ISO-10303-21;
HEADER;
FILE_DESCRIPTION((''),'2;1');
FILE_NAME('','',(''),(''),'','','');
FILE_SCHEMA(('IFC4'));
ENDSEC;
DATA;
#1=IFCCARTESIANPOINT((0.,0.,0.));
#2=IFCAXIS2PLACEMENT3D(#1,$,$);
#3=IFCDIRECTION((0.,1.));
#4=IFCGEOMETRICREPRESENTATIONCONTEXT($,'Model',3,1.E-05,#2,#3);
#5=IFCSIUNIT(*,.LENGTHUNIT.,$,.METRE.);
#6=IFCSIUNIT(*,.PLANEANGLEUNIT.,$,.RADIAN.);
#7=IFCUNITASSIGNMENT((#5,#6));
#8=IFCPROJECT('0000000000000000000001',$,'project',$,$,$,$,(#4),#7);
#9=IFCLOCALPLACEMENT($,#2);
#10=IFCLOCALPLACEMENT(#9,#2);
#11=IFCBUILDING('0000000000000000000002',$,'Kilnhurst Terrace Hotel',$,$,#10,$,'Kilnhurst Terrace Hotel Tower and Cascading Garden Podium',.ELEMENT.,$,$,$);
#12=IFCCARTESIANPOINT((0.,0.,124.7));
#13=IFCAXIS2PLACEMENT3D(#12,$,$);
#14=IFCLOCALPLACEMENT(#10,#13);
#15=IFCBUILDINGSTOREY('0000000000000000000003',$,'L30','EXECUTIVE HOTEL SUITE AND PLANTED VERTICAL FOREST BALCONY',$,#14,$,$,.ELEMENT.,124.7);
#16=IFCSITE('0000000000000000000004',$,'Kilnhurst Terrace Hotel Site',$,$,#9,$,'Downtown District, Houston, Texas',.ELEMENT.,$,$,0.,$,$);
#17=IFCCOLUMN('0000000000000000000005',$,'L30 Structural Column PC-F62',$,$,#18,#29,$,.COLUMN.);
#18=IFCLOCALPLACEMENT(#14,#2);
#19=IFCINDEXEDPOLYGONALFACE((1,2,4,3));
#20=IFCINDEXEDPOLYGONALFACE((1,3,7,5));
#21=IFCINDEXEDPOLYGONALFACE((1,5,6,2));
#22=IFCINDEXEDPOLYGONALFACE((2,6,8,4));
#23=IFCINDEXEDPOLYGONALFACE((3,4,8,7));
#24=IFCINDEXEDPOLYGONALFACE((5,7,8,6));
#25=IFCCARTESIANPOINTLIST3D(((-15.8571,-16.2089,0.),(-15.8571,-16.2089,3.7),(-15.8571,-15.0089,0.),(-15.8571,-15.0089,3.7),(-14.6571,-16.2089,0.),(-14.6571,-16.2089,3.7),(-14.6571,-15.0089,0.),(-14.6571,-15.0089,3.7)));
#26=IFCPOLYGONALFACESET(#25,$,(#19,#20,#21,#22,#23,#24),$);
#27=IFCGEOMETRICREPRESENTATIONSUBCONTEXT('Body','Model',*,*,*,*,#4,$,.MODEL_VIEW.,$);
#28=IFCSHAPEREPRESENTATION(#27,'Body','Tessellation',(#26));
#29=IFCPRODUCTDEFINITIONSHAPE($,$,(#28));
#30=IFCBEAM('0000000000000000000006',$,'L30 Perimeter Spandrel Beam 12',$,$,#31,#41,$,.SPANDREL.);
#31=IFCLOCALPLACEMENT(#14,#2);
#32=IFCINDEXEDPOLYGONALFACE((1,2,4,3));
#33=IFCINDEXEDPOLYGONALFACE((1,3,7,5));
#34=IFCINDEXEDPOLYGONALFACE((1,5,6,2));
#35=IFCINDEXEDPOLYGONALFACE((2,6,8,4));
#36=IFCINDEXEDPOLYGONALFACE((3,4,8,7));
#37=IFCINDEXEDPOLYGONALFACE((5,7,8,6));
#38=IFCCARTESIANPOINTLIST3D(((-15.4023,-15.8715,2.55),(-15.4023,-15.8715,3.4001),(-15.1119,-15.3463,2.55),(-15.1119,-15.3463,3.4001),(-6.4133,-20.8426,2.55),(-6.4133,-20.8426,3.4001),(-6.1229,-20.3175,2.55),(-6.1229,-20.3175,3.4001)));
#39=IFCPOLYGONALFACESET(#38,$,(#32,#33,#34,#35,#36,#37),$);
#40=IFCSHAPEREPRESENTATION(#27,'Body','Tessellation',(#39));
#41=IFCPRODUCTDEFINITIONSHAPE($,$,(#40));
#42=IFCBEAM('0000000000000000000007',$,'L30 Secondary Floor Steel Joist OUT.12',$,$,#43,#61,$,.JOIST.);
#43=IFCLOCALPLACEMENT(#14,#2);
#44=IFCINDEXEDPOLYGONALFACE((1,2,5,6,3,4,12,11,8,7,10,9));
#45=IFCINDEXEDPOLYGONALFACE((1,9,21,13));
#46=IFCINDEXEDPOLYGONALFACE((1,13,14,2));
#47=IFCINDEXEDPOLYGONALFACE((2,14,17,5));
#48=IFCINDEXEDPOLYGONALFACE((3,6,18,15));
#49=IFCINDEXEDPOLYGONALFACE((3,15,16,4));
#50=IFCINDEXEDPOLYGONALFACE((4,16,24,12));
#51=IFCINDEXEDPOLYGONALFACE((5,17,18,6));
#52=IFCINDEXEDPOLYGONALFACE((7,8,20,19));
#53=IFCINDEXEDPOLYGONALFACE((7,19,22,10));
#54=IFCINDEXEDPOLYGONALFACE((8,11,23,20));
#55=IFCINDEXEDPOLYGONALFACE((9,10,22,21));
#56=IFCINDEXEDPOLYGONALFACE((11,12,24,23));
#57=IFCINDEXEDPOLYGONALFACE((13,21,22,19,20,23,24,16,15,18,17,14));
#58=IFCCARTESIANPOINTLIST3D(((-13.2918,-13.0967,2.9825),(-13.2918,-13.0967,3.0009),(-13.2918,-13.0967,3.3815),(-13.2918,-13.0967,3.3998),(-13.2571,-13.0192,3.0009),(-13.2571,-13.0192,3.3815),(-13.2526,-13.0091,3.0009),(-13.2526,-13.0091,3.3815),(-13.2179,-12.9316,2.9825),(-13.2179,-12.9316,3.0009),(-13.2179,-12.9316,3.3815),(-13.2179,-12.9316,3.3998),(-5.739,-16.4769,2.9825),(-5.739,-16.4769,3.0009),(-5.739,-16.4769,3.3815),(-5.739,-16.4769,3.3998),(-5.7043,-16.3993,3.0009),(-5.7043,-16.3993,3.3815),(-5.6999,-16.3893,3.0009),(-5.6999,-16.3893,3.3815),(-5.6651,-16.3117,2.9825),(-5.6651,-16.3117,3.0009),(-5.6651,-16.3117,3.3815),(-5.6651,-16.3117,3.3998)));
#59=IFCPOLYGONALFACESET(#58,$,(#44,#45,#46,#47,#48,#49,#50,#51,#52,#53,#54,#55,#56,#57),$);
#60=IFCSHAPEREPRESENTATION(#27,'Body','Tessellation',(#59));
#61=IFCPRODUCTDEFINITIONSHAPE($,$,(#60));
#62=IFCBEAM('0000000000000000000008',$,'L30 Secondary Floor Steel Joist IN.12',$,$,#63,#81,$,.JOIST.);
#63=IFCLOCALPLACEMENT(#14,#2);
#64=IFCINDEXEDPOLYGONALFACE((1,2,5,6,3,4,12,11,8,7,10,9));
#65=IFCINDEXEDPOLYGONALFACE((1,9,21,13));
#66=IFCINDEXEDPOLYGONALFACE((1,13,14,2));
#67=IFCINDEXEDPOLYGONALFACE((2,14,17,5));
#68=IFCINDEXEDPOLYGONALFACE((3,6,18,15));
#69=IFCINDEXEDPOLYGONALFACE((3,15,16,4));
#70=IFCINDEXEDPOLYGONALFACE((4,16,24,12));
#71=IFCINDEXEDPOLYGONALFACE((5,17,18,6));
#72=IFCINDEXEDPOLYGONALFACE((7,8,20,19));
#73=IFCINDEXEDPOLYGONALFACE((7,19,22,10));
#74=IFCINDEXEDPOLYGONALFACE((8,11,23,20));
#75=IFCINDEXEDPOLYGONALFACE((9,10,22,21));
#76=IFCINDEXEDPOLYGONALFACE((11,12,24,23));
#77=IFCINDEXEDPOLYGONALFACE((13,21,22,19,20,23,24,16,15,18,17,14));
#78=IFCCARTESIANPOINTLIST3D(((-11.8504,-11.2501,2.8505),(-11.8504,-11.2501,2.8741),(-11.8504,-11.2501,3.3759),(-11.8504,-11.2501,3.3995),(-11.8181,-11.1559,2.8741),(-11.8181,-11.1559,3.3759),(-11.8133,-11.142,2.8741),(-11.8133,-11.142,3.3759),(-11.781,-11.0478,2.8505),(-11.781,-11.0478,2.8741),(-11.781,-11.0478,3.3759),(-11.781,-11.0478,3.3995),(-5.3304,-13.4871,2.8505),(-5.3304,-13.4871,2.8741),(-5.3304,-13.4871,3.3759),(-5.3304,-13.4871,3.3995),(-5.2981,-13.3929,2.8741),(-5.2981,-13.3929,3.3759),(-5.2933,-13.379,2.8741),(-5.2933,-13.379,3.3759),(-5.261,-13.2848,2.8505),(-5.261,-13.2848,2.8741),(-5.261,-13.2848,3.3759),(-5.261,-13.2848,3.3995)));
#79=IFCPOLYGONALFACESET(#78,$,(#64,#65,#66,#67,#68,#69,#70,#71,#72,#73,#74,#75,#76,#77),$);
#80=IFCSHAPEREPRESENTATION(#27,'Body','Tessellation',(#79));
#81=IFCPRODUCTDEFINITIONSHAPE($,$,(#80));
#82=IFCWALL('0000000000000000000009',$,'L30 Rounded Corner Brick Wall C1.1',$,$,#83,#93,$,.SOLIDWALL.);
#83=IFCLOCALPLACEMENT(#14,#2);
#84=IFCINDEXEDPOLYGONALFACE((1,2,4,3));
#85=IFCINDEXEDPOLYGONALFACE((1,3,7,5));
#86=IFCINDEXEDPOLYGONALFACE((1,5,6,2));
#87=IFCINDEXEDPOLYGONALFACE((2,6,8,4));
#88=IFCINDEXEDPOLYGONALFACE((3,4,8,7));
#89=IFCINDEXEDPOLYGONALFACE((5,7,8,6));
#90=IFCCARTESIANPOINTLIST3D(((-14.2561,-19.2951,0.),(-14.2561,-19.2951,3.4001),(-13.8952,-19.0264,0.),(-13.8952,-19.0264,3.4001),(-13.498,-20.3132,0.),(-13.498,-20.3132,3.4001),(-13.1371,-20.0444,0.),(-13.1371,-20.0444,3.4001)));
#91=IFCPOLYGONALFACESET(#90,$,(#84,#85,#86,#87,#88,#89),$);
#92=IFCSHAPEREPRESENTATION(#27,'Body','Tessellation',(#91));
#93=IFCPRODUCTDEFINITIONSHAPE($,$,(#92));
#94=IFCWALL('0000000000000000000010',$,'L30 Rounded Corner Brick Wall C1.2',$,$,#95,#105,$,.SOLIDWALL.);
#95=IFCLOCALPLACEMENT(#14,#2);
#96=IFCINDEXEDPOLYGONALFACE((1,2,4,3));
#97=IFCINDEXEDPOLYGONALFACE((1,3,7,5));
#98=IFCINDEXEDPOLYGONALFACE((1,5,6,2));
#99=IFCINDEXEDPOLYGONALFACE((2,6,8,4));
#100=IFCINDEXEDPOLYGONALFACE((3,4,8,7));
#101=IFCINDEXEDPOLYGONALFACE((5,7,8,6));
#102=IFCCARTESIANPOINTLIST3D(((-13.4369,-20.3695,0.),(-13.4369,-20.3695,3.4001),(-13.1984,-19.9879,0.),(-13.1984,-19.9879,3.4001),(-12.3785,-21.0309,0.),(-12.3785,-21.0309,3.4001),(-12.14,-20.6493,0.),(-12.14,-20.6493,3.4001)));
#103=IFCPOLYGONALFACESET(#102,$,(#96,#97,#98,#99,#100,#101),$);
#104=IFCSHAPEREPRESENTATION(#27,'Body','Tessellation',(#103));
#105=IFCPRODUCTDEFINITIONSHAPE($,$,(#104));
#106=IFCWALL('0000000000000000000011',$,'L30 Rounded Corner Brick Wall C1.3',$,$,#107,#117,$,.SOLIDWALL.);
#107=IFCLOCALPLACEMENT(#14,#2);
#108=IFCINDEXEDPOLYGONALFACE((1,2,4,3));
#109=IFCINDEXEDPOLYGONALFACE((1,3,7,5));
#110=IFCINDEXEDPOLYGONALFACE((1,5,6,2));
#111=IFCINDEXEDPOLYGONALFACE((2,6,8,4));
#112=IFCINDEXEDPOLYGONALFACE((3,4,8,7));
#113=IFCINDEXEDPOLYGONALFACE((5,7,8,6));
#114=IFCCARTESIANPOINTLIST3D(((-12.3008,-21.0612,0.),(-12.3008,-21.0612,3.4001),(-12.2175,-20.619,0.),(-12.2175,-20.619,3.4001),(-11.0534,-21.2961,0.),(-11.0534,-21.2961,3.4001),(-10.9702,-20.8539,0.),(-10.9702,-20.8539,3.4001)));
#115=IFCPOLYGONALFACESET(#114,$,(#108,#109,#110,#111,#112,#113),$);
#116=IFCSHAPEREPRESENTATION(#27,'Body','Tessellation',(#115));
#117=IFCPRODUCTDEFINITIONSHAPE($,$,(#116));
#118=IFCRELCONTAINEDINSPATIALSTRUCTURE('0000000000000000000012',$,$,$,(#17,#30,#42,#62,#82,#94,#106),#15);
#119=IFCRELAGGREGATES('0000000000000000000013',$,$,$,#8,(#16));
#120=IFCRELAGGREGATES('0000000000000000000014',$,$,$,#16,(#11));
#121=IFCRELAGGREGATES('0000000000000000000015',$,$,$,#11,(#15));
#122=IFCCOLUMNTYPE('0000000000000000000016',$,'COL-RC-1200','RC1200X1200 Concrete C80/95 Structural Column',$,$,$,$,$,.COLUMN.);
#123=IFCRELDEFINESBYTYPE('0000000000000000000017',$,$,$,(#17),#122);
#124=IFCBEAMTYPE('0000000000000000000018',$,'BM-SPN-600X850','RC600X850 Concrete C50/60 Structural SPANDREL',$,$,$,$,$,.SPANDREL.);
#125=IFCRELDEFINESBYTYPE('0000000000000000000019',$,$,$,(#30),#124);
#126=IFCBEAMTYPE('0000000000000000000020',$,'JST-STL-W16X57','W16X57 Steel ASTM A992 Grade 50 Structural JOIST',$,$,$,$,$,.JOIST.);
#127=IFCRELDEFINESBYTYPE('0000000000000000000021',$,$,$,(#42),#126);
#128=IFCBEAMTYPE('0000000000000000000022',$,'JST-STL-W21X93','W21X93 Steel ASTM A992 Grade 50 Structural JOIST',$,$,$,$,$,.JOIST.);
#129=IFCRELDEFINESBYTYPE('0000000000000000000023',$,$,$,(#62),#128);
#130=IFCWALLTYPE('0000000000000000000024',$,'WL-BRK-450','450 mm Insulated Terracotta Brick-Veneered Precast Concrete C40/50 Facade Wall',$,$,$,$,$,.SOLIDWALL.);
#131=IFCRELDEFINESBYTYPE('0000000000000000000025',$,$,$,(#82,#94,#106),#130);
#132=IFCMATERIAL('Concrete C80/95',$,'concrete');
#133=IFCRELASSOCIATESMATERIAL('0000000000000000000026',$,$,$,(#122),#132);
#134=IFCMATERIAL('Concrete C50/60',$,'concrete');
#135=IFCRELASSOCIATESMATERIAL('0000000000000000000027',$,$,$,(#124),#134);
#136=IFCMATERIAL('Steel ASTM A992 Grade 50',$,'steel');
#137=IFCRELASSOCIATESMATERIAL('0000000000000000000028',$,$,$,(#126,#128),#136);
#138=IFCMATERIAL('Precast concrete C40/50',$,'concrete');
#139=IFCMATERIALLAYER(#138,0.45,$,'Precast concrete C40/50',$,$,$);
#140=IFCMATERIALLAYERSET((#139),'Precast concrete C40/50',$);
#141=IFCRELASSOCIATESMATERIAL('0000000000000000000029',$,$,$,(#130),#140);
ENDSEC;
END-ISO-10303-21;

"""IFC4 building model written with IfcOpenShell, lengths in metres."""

from ifc_helpers import new_model, si_unit, direction, frame, frame_2d, origin, origin_2d, place, context, subcontext, project, spatial, rectangle, i_section, extrude, material, layer, layer_set, material_profile, profile_set, type_object, element, save


model = new_model("IFC4")

# Units and contexts
model_context = context("Model", 3, precision=1e-05, world=origin(), true_north=direction((0.0, 1.0)))
body_context = subcontext(model_context, "Body", "Model", "MODEL_VIEW")
ifc_project = project(units=[si_unit("LENGTHUNIT", "METRE"), si_unit("PLANEANGLEUNIT", "RADIAN")], contexts=[model_context])

# Site, building, storey
site_placement = place(None, origin())
site = spatial("IfcSite", under=ifc_project, at=site_placement, Name="Kilnhurst Terrace Hotel Site", LongName="Downtown District, Houston, Texas", CompositionType="ELEMENT", RefElevation=0.0)
building_placement = place(site_placement, origin())
building = spatial("IfcBuilding", under=site, at=building_placement, Name="Kilnhurst Terrace Hotel", LongName="Kilnhurst Terrace Hotel Tower and Cascading Garden Podium", CompositionType="ELEMENT")
storey_placement = place(building_placement, frame((0.0, 0.0, 124.7)))
storey = spatial("IfcBuildingStorey", under=building, at=storey_placement, Name="L30", Description="EXECUTIVE HOTEL SUITE AND PLANTED VERTICAL FOREST BALCONY", CompositionType="ELEMENT", Elevation=124.7)

# Column
ifc_material_1 = material(Name="Concrete C80/95", Category="concrete")
ifc_material_profile_1 = material_profile(ifc_material_1, rectangle(XDim=1.2, YDim=1.2, at=origin_2d()), Name="RC1200X1200")
ifc_profile_set_1 = profile_set([ifc_material_profile_1], Name="Concrete C80/95")
column_type = type_object("IfcColumnType", Name="COL-RC-1200", Description="RC1200X1200 Concrete C80/95 Structural Column", PredefinedType="COLUMN", material=ifc_profile_set_1)
column_placement = place(storey_placement, frame((-15.2571, -15.6089, 0.0), z_axis=(0.0, 0.0, 1.0), x_axis=(1.0, 0.0, 0.0)))
element("IfcColumn", 1, at=column_placement, inside=storey, type_object=column_type, Name="L30 Structural Column PC-F62", PredefinedType="COLUMN", context=body_context, shape_type="SweptSolid", body=[
    extrude(rectangle(XDim=1.2, YDim=1.2, at=origin_2d()), origin(), (0.0, 0.0, 1.0), 3.7),
])

# Beams
ifc_material_2 = material(Name="Concrete C50/60", Category="concrete")
ifc_material_profile_2 = material_profile(ifc_material_2, rectangle(XDim=0.6001, YDim=0.8501, at=origin_2d()), Name="RC600X850")
ifc_profile_set_2 = profile_set([ifc_material_profile_2], Name="Concrete C50/60")
beam_type_1 = type_object("IfcBeamType", Name="BM-SPN-600X850", Description="RC600X850 Concrete C50/60 Structural SPANDREL", PredefinedType="SPANDREL", material=ifc_profile_set_2)
beam_1_placement = place(storey_placement, frame((-15.2571, -15.6089, 2.9751), z_axis=(0.875094, -0.483953, 0.0), x_axis=(0.483953, 0.875094, 0.0)))
element("IfcBeam", 2, at=beam_1_placement, inside=storey, type_object=beam_type_1, Name="L30 Perimeter Spandrel Beam 12", PredefinedType="SPANDREL", context=body_context, shape_type="SweptSolid", body=[
    extrude(rectangle(XDim=0.6001, YDim=0.8501, at=origin_2d()), origin(), (0.0, 0.0, 1.0), 10.272),
])
ifc_material_3 = material(Name="Steel ASTM A992 Grade 50", Category="steel")
ifc_material_profile_3 = material_profile(ifc_material_3, i_section(OverallWidth=0.1809, OverallDepth=0.4172, WebThickness=0.011, FlangeThickness=0.0183, at=origin_2d()), Name="W16X57")
ifc_profile_set_3 = profile_set([ifc_material_profile_3], Name="Steel ASTM A992 Grade 50")
beam_type_2 = type_object("IfcBeamType", Name="JST-STL-W16X57", Description="W16X57 Steel ASTM A992 Grade 50 Structural JOIST", PredefinedType="JOIST", material=ifc_profile_set_3)
beam_2_placement = place(storey_placement, frame((-13.2549, -13.0142, 3.1912), z_axis=(0.912761, -0.408494, 0.0), x_axis=(0.408494, 0.912761, 0.0)))
element("IfcBeam", 3, at=beam_2_placement, inside=storey, type_object=beam_type_2, Name="L30 Secondary Floor Steel Joist OUT.12", PredefinedType="JOIST", context=body_context, shape_type="SweptSolid", body=[
    extrude(i_section(OverallWidth=0.1809, OverallDepth=0.4172, WebThickness=0.011, FlangeThickness=0.0183, at=origin_2d()), origin(), (0.0, 0.0, 1.0), 8.2747),
])
ifc_material_profile_4 = material_profile(ifc_material_3, i_section(OverallWidth=0.2139, OverallDepth=0.5491, WebThickness=0.0146, FlangeThickness=0.0237, at=origin_2d()), Name="W21X93")
ifc_profile_set_4 = profile_set([ifc_material_profile_4], Name="Steel ASTM A992 Grade 50")
beam_type_3 = type_object("IfcBeamType", Name="JST-STL-W21X93", Description="W21X93 Steel ASTM A992 Grade 50 Structural JOIST", PredefinedType="JOIST", material=ifc_profile_set_4)
beam_3_placement = place(storey_placement, frame((-11.8157, -11.1489, 3.125), z_axis=(0.945874, -0.324535, 0.0), x_axis=(0.324535, 0.945874, 0.0)))
element("IfcBeam", 4, at=beam_3_placement, inside=storey, type_object=beam_type_3, Name="L30 Secondary Floor Steel Joist IN.12", PredefinedType="JOIST", context=body_context, shape_type="SweptSolid", body=[
    extrude(i_section(OverallWidth=0.2139, OverallDepth=0.5491, WebThickness=0.0146, FlangeThickness=0.0237, at=origin_2d()), origin(), (0.0, 0.0, 1.0), 6.8931),
])

# Walls
ifc_material_4 = material(Name="Precast concrete C40/50", Category="concrete")
ifc_layer_1 = layer(ifc_material_4, 0.45, Name="Precast concrete C40/50")
ifc_layer_set_1 = layer_set([ifc_layer_1], Name="Precast concrete C40/50")
wall_type_1 = type_object("IfcWallType", Name="WL-BRK-450", Description="450 mm Insulated Terracotta Brick-Veneered Precast Concrete C40/50 Facade Wall", PredefinedType="SOLIDWALL", material=ifc_layer_set_1)
wall_1_placement = place(storey_placement, frame((-14.0757, -19.1606, 0.0), z_axis=(0.0, 0.0, 1.0), x_axis=(0.597227, -0.802073, 0.0)))
element("IfcWall", 5, at=wall_1_placement, inside=storey, type_object=wall_type_1, Name="L30 Rounded Corner Brick Wall C1.1", PredefinedType="SOLIDWALL", context=body_context, shape_type="SweptSolid", body=[
    extrude(rectangle(XDim=1.2693, YDim=0.45, at=frame_2d((0.6348, 0.0))), origin(), (0.0, 0.0, 1.0), 3.4001),
])
wall_2_placement = place(storey_placement, frame((-13.3176, -20.1787, 0.0), z_axis=(0.0, 0.0, 1.0), x_axis=(0.848031, -0.529946, 0.0)))
element("IfcWall", 6, at=wall_2_placement, inside=storey, type_object=wall_type_1, Name="L30 Rounded Corner Brick Wall C1.2", PredefinedType="SOLIDWALL", context=body_context, shape_type="SweptSolid", body=[
    extrude(rectangle(XDim=1.248, YDim=0.45, at=frame_2d((0.624, 0.0))), origin(), (0.0, 0.0, 1.0), 3.4001),
])
wall_3_placement = place(storey_placement, frame((-12.2593, -20.8401, 0.0), z_axis=(0.0, 0.0, 1.0), x_axis=(0.98273, -0.185043, 0.0)))
element("IfcWall", 7, at=wall_3_placement, inside=storey, type_object=wall_type_1, Name="L30 Rounded Corner Brick Wall C1.3", PredefinedType="SOLIDWALL", context=body_context, shape_type="SweptSolid", body=[
    extrude(rectangle(XDim=1.2693, YDim=0.45, at=frame_2d((0.6348, 0.0))), origin(), (0.0, 0.0, 1.0), 3.4001),
])

save(model, "model.ifc")
